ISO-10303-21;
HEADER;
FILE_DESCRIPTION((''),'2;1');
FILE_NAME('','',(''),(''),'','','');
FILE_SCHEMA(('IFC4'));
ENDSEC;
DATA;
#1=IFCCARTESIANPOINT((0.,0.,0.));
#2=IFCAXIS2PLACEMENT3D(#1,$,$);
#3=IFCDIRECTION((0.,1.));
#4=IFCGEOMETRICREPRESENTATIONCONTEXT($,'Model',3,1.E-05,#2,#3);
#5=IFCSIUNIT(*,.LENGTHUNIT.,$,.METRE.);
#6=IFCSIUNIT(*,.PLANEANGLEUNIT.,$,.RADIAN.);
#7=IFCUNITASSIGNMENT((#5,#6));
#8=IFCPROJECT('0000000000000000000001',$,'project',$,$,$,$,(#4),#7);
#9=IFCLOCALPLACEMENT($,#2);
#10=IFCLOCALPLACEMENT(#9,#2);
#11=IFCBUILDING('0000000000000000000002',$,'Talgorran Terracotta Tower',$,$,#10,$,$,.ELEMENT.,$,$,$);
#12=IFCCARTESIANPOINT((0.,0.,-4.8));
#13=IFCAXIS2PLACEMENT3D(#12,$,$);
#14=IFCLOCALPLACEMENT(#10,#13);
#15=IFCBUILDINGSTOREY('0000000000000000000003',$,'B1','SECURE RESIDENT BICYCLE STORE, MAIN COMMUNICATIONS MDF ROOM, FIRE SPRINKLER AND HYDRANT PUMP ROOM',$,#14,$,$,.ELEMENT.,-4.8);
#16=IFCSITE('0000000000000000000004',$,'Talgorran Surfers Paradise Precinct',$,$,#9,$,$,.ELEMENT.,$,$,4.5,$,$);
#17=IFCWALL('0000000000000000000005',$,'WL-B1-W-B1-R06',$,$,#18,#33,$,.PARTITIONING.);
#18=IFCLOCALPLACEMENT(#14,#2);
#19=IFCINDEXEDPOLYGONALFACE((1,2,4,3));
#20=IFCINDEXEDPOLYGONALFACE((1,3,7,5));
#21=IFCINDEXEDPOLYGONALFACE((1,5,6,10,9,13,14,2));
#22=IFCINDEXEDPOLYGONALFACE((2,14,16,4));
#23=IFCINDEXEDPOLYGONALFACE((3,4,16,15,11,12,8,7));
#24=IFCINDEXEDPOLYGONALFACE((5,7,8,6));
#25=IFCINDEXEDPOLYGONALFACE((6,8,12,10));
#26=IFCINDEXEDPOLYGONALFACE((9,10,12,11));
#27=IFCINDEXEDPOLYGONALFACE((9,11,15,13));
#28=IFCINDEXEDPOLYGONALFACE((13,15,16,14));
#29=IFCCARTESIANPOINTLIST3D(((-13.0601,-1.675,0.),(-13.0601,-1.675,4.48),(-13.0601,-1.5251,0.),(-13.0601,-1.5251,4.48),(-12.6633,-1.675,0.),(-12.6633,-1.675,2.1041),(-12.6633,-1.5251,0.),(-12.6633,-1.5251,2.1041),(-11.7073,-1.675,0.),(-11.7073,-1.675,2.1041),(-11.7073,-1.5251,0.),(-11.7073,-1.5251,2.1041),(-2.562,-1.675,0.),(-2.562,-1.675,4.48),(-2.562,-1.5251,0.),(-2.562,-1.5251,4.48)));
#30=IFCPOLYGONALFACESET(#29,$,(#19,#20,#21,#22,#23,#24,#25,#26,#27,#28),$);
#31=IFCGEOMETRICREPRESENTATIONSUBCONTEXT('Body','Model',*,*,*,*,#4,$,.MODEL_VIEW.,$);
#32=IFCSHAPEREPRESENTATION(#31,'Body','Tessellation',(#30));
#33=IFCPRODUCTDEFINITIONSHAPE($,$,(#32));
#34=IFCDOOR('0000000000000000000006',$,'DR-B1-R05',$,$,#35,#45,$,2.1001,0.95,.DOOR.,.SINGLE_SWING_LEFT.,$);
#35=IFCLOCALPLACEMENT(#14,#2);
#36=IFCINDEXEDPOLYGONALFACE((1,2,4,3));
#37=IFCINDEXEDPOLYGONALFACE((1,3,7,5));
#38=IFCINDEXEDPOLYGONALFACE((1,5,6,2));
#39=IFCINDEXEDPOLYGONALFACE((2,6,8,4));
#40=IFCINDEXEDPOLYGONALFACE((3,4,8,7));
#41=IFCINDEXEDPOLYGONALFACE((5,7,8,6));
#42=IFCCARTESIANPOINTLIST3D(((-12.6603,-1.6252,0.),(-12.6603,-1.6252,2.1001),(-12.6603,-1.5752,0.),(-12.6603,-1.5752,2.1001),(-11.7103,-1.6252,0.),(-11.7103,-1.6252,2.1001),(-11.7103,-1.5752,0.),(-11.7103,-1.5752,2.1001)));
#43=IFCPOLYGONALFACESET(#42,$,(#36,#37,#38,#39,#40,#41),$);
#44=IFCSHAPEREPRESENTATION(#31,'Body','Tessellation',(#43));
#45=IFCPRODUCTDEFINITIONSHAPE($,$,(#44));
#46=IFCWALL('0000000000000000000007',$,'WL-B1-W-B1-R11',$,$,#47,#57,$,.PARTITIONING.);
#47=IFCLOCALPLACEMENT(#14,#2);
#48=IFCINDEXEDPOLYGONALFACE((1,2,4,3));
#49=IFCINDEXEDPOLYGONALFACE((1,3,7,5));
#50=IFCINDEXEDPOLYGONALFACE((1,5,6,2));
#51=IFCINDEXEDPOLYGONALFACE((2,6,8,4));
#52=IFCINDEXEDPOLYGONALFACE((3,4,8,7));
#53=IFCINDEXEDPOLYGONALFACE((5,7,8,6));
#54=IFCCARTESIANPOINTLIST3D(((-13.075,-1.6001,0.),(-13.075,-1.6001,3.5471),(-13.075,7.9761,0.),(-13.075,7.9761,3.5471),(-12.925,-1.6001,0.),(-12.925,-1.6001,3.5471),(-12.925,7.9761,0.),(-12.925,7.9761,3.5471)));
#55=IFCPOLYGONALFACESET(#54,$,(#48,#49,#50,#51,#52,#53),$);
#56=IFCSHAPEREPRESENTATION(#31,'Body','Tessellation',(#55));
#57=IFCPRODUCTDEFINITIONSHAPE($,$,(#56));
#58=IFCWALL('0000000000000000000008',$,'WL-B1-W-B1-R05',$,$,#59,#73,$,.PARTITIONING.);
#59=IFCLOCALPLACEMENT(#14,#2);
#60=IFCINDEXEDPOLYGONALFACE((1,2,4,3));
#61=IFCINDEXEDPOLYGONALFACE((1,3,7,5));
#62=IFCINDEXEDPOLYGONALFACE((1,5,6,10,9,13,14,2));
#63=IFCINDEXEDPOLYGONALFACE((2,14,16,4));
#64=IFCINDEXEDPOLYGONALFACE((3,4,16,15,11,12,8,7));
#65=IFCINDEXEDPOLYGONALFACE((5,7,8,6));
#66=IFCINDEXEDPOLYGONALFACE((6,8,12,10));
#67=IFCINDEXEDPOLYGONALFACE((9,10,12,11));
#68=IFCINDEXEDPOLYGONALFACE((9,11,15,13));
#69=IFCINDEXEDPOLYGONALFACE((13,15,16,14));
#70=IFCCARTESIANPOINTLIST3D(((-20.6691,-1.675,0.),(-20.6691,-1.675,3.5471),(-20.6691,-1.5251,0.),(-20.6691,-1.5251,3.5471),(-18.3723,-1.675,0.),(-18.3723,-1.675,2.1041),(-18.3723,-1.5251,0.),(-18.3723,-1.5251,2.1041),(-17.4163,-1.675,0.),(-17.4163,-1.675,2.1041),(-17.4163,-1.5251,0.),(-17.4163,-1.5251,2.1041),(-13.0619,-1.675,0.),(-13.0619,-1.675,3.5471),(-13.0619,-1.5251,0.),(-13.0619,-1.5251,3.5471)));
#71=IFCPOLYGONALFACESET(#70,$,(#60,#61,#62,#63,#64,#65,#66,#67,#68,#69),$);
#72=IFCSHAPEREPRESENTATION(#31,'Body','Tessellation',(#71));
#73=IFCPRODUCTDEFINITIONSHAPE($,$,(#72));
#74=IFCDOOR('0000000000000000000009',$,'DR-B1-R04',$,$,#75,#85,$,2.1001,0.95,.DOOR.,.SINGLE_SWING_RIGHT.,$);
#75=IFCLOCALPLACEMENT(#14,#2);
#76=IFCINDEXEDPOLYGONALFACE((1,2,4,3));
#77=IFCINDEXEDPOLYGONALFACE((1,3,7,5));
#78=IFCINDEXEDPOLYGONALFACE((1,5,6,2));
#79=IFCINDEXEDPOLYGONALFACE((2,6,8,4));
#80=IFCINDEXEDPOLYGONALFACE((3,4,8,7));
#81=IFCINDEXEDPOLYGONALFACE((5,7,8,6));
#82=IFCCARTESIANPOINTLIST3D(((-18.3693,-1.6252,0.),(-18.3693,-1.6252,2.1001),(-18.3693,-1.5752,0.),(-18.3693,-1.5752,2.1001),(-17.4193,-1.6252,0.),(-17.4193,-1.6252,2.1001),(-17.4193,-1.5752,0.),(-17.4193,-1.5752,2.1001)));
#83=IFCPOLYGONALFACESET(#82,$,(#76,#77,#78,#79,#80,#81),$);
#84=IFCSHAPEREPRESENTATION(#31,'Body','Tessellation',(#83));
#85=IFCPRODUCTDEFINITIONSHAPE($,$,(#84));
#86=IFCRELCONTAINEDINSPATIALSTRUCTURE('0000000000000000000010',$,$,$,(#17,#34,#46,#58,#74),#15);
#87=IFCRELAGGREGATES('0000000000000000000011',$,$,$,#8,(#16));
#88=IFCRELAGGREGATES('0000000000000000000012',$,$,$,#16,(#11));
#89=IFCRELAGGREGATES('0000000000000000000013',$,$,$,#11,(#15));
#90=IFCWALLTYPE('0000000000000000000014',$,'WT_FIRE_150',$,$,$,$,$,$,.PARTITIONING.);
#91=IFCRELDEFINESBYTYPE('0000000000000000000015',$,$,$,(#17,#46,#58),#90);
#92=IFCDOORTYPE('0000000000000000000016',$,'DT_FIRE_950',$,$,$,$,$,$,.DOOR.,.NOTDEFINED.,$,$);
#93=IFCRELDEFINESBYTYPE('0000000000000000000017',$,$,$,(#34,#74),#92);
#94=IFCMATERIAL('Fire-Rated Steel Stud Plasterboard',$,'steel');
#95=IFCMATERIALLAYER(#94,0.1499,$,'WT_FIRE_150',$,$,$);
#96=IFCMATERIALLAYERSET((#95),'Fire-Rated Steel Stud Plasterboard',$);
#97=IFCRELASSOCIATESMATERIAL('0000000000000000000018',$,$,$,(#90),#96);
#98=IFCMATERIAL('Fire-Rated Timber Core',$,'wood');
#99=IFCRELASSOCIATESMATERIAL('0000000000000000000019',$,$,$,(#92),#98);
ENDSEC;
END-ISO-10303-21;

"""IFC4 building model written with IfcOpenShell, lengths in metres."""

from ifc_helpers import new_model, si_unit, direction, frame, frame_2d, origin, place, context, subcontext, project, spatial, rectangle, extrude, material, layer, layer_set, type_object, element, fill, save


model = new_model("IFC4")

# Units and contexts
model_context = context("Model", 3, precision=1e-05, world=origin(), true_north=direction((0.0, 1.0)))
body_context = subcontext(model_context, "Body", "Model", "MODEL_VIEW")
ifc_project = project(units=[si_unit("LENGTHUNIT", "METRE"), si_unit("PLANEANGLEUNIT", "RADIAN")], contexts=[model_context])

# Site, building, storey
site_placement = place(None, origin())
site = spatial("IfcSite", under=ifc_project, at=site_placement, Name="Talgorran Surfers Paradise Precinct", CompositionType="ELEMENT", RefElevation=4.5)
building_placement = place(site_placement, origin())
building = spatial("IfcBuilding", under=site, at=building_placement, Name="Talgorran Terracotta Tower", CompositionType="ELEMENT")
storey_placement = place(building_placement, frame((0.0, 0.0, -4.8)))
storey = spatial("IfcBuildingStorey", under=building, at=storey_placement, Name="B1", Description="SECURE RESIDENT BICYCLE STORE, MAIN COMMUNICATIONS MDF ROOM, FIRE SPRINKLER AND HYDRANT PUMP ROOM", CompositionType="ELEMENT", Elevation=-4.8)

# Shared definitions
ifc_material_1 = material(Name="Fire-Rated Steel Stud Plasterboard", Category="steel")
ifc_layer_1 = layer(ifc_material_1, 0.1499, Name="WT_FIRE_150")
ifc_layer_set_1 = layer_set([ifc_layer_1], Name="Fire-Rated Steel Stud Plasterboard")
wall_type = type_object("IfcWallType", Name="WT_FIRE_150", PredefinedType="PARTITIONING", material=ifc_layer_set_1)

# Wall, opening, door
ifc_material_2 = material(Name="Fire-Rated Timber Core", Category="wood")
door_type = type_object("IfcDoorType", Name="DT_FIRE_950", OperationType="NOTDEFINED", PredefinedType="DOOR", material=ifc_material_2)
wall_1_placement = place(storey_placement, frame((-13.0601, -1.6001, 0.0), z_axis=(0.0, 0.0, 1.0), x_axis=(1.0, 0.0, 0.0)))
wall_1 = element("IfcWall", 1, at=wall_1_placement, inside=storey, type_object=wall_type, Name="WL-B1-W-B1-R06", PredefinedType="PARTITIONING", context=body_context, shape_type="SweptSolid", body=[
    extrude(rectangle(XDim=10.498, YDim=0.1499, at=frame_2d((5.249, 0.0))), origin(), (0.0, 0.0, 1.0), 4.48),
])
opening_1_placement = place(wall_1_placement, frame((0.3997, 0.0, 0.0)))
opening_1 = element("IfcOpeningElement", 2, at=opening_1_placement, cuts=wall_1, PredefinedType="OPENING", context=body_context, shape_type="SweptSolid", body=[
    extrude(rectangle(XDim=0.956, YDim=2.1041, at=frame_2d((0.4751, 1.052))), frame((0.0, 0.085, 0.0), z_axis=(0.0, -1.0, 0.0), x_axis=(1.0, 0.0, 0.0)), (0.0, 0.0, 1.0), 0.1699),
])
door_1_placement = place(opening_1_placement, origin())
door_1 = element("IfcDoor", 3, at=door_1_placement, inside=storey, type_object=door_type, Name="DR-B1-R05", OperationType="SINGLE_SWING_LEFT", OverallHeight=2.1001, OverallWidth=0.95, PredefinedType="DOOR", context=body_context, shape_type="SweptSolid", body=[
    extrude(rectangle(XDim=0.95, YDim=2.1001, at=frame_2d((0.4751, 1.05))), frame((0.0, 0.0249, 0.0), z_axis=(0.0, -1.0, 0.0), x_axis=(1.0, 0.0, 0.0)), (0.0, 0.0, 1.0), 0.05),
])
fill(opening_1, door_1)

# Wall
wall_2_placement = place(storey_placement, frame((-13.0, -1.6001, 0.0), z_axis=(0.0, 0.0, 1.0), x_axis=(0.0, 1.0, 0.0)))
element("IfcWall", 4, at=wall_2_placement, inside=storey, type_object=wall_type, Name="WL-B1-W-B1-R11", PredefinedType="PARTITIONING", context=body_context, shape_type="SweptSolid", body=[
    extrude(rectangle(XDim=9.5762, YDim=0.1499, at=frame_2d((4.7881, 0.0))), origin(), (0.0, 0.0, 1.0), 3.5471),
])

# Wall, opening, door
wall_3_placement = place(storey_placement, frame((-20.6692, -1.6001, 0.0), z_axis=(0.0, 0.0, 1.0), x_axis=(1.0, 0.0, 0.0)))
wall_3 = element("IfcWall", 5, at=wall_3_placement, inside=storey, type_object=wall_type, Name="WL-B1-W-B1-R05", PredefinedType="PARTITIONING", context=body_context, shape_type="SweptSolid", body=[
    extrude(rectangle(XDim=7.6072, YDim=0.1499, at=frame_2d((3.8037, 0.0))), origin(), (0.0, 0.0, 1.0), 3.5471),
])
opening_2_placement = place(wall_3_placement, frame((2.2998, 0.0, 0.0)))
opening_2 = element("IfcOpeningElement", 6, at=opening_2_placement, cuts=wall_3, PredefinedType="OPENING", context=body_context, shape_type="SweptSolid", body=[
    extrude(rectangle(XDim=0.956, YDim=2.1041, at=frame_2d((0.4751, 1.052))), frame((0.0, 0.085, 0.0), z_axis=(0.0, -1.0, 0.0), x_axis=(1.0, 0.0, 0.0)), (0.0, 0.0, 1.0), 0.1699),
])
door_2_placement = place(opening_2_placement, origin())
door_2 = element("IfcDoor", 7, at=door_2_placement, inside=storey, type_object=door_type, Name="DR-B1-R04", OperationType="SINGLE_SWING_RIGHT", OverallHeight=2.1001, OverallWidth=0.95, PredefinedType="DOOR", context=body_context, shape_type="SweptSolid", body=[
    extrude(rectangle(XDim=0.95, YDim=2.1001, at=frame_2d((0.4751, 1.05))), frame((0.0, 0.0249, 0.0), z_axis=(0.0, -1.0, 0.0), x_axis=(1.0, 0.0, 0.0)), (0.0, 0.0, 1.0), 0.05),
])
fill(opening_2, door_2)

save(model, "model.ifc")
